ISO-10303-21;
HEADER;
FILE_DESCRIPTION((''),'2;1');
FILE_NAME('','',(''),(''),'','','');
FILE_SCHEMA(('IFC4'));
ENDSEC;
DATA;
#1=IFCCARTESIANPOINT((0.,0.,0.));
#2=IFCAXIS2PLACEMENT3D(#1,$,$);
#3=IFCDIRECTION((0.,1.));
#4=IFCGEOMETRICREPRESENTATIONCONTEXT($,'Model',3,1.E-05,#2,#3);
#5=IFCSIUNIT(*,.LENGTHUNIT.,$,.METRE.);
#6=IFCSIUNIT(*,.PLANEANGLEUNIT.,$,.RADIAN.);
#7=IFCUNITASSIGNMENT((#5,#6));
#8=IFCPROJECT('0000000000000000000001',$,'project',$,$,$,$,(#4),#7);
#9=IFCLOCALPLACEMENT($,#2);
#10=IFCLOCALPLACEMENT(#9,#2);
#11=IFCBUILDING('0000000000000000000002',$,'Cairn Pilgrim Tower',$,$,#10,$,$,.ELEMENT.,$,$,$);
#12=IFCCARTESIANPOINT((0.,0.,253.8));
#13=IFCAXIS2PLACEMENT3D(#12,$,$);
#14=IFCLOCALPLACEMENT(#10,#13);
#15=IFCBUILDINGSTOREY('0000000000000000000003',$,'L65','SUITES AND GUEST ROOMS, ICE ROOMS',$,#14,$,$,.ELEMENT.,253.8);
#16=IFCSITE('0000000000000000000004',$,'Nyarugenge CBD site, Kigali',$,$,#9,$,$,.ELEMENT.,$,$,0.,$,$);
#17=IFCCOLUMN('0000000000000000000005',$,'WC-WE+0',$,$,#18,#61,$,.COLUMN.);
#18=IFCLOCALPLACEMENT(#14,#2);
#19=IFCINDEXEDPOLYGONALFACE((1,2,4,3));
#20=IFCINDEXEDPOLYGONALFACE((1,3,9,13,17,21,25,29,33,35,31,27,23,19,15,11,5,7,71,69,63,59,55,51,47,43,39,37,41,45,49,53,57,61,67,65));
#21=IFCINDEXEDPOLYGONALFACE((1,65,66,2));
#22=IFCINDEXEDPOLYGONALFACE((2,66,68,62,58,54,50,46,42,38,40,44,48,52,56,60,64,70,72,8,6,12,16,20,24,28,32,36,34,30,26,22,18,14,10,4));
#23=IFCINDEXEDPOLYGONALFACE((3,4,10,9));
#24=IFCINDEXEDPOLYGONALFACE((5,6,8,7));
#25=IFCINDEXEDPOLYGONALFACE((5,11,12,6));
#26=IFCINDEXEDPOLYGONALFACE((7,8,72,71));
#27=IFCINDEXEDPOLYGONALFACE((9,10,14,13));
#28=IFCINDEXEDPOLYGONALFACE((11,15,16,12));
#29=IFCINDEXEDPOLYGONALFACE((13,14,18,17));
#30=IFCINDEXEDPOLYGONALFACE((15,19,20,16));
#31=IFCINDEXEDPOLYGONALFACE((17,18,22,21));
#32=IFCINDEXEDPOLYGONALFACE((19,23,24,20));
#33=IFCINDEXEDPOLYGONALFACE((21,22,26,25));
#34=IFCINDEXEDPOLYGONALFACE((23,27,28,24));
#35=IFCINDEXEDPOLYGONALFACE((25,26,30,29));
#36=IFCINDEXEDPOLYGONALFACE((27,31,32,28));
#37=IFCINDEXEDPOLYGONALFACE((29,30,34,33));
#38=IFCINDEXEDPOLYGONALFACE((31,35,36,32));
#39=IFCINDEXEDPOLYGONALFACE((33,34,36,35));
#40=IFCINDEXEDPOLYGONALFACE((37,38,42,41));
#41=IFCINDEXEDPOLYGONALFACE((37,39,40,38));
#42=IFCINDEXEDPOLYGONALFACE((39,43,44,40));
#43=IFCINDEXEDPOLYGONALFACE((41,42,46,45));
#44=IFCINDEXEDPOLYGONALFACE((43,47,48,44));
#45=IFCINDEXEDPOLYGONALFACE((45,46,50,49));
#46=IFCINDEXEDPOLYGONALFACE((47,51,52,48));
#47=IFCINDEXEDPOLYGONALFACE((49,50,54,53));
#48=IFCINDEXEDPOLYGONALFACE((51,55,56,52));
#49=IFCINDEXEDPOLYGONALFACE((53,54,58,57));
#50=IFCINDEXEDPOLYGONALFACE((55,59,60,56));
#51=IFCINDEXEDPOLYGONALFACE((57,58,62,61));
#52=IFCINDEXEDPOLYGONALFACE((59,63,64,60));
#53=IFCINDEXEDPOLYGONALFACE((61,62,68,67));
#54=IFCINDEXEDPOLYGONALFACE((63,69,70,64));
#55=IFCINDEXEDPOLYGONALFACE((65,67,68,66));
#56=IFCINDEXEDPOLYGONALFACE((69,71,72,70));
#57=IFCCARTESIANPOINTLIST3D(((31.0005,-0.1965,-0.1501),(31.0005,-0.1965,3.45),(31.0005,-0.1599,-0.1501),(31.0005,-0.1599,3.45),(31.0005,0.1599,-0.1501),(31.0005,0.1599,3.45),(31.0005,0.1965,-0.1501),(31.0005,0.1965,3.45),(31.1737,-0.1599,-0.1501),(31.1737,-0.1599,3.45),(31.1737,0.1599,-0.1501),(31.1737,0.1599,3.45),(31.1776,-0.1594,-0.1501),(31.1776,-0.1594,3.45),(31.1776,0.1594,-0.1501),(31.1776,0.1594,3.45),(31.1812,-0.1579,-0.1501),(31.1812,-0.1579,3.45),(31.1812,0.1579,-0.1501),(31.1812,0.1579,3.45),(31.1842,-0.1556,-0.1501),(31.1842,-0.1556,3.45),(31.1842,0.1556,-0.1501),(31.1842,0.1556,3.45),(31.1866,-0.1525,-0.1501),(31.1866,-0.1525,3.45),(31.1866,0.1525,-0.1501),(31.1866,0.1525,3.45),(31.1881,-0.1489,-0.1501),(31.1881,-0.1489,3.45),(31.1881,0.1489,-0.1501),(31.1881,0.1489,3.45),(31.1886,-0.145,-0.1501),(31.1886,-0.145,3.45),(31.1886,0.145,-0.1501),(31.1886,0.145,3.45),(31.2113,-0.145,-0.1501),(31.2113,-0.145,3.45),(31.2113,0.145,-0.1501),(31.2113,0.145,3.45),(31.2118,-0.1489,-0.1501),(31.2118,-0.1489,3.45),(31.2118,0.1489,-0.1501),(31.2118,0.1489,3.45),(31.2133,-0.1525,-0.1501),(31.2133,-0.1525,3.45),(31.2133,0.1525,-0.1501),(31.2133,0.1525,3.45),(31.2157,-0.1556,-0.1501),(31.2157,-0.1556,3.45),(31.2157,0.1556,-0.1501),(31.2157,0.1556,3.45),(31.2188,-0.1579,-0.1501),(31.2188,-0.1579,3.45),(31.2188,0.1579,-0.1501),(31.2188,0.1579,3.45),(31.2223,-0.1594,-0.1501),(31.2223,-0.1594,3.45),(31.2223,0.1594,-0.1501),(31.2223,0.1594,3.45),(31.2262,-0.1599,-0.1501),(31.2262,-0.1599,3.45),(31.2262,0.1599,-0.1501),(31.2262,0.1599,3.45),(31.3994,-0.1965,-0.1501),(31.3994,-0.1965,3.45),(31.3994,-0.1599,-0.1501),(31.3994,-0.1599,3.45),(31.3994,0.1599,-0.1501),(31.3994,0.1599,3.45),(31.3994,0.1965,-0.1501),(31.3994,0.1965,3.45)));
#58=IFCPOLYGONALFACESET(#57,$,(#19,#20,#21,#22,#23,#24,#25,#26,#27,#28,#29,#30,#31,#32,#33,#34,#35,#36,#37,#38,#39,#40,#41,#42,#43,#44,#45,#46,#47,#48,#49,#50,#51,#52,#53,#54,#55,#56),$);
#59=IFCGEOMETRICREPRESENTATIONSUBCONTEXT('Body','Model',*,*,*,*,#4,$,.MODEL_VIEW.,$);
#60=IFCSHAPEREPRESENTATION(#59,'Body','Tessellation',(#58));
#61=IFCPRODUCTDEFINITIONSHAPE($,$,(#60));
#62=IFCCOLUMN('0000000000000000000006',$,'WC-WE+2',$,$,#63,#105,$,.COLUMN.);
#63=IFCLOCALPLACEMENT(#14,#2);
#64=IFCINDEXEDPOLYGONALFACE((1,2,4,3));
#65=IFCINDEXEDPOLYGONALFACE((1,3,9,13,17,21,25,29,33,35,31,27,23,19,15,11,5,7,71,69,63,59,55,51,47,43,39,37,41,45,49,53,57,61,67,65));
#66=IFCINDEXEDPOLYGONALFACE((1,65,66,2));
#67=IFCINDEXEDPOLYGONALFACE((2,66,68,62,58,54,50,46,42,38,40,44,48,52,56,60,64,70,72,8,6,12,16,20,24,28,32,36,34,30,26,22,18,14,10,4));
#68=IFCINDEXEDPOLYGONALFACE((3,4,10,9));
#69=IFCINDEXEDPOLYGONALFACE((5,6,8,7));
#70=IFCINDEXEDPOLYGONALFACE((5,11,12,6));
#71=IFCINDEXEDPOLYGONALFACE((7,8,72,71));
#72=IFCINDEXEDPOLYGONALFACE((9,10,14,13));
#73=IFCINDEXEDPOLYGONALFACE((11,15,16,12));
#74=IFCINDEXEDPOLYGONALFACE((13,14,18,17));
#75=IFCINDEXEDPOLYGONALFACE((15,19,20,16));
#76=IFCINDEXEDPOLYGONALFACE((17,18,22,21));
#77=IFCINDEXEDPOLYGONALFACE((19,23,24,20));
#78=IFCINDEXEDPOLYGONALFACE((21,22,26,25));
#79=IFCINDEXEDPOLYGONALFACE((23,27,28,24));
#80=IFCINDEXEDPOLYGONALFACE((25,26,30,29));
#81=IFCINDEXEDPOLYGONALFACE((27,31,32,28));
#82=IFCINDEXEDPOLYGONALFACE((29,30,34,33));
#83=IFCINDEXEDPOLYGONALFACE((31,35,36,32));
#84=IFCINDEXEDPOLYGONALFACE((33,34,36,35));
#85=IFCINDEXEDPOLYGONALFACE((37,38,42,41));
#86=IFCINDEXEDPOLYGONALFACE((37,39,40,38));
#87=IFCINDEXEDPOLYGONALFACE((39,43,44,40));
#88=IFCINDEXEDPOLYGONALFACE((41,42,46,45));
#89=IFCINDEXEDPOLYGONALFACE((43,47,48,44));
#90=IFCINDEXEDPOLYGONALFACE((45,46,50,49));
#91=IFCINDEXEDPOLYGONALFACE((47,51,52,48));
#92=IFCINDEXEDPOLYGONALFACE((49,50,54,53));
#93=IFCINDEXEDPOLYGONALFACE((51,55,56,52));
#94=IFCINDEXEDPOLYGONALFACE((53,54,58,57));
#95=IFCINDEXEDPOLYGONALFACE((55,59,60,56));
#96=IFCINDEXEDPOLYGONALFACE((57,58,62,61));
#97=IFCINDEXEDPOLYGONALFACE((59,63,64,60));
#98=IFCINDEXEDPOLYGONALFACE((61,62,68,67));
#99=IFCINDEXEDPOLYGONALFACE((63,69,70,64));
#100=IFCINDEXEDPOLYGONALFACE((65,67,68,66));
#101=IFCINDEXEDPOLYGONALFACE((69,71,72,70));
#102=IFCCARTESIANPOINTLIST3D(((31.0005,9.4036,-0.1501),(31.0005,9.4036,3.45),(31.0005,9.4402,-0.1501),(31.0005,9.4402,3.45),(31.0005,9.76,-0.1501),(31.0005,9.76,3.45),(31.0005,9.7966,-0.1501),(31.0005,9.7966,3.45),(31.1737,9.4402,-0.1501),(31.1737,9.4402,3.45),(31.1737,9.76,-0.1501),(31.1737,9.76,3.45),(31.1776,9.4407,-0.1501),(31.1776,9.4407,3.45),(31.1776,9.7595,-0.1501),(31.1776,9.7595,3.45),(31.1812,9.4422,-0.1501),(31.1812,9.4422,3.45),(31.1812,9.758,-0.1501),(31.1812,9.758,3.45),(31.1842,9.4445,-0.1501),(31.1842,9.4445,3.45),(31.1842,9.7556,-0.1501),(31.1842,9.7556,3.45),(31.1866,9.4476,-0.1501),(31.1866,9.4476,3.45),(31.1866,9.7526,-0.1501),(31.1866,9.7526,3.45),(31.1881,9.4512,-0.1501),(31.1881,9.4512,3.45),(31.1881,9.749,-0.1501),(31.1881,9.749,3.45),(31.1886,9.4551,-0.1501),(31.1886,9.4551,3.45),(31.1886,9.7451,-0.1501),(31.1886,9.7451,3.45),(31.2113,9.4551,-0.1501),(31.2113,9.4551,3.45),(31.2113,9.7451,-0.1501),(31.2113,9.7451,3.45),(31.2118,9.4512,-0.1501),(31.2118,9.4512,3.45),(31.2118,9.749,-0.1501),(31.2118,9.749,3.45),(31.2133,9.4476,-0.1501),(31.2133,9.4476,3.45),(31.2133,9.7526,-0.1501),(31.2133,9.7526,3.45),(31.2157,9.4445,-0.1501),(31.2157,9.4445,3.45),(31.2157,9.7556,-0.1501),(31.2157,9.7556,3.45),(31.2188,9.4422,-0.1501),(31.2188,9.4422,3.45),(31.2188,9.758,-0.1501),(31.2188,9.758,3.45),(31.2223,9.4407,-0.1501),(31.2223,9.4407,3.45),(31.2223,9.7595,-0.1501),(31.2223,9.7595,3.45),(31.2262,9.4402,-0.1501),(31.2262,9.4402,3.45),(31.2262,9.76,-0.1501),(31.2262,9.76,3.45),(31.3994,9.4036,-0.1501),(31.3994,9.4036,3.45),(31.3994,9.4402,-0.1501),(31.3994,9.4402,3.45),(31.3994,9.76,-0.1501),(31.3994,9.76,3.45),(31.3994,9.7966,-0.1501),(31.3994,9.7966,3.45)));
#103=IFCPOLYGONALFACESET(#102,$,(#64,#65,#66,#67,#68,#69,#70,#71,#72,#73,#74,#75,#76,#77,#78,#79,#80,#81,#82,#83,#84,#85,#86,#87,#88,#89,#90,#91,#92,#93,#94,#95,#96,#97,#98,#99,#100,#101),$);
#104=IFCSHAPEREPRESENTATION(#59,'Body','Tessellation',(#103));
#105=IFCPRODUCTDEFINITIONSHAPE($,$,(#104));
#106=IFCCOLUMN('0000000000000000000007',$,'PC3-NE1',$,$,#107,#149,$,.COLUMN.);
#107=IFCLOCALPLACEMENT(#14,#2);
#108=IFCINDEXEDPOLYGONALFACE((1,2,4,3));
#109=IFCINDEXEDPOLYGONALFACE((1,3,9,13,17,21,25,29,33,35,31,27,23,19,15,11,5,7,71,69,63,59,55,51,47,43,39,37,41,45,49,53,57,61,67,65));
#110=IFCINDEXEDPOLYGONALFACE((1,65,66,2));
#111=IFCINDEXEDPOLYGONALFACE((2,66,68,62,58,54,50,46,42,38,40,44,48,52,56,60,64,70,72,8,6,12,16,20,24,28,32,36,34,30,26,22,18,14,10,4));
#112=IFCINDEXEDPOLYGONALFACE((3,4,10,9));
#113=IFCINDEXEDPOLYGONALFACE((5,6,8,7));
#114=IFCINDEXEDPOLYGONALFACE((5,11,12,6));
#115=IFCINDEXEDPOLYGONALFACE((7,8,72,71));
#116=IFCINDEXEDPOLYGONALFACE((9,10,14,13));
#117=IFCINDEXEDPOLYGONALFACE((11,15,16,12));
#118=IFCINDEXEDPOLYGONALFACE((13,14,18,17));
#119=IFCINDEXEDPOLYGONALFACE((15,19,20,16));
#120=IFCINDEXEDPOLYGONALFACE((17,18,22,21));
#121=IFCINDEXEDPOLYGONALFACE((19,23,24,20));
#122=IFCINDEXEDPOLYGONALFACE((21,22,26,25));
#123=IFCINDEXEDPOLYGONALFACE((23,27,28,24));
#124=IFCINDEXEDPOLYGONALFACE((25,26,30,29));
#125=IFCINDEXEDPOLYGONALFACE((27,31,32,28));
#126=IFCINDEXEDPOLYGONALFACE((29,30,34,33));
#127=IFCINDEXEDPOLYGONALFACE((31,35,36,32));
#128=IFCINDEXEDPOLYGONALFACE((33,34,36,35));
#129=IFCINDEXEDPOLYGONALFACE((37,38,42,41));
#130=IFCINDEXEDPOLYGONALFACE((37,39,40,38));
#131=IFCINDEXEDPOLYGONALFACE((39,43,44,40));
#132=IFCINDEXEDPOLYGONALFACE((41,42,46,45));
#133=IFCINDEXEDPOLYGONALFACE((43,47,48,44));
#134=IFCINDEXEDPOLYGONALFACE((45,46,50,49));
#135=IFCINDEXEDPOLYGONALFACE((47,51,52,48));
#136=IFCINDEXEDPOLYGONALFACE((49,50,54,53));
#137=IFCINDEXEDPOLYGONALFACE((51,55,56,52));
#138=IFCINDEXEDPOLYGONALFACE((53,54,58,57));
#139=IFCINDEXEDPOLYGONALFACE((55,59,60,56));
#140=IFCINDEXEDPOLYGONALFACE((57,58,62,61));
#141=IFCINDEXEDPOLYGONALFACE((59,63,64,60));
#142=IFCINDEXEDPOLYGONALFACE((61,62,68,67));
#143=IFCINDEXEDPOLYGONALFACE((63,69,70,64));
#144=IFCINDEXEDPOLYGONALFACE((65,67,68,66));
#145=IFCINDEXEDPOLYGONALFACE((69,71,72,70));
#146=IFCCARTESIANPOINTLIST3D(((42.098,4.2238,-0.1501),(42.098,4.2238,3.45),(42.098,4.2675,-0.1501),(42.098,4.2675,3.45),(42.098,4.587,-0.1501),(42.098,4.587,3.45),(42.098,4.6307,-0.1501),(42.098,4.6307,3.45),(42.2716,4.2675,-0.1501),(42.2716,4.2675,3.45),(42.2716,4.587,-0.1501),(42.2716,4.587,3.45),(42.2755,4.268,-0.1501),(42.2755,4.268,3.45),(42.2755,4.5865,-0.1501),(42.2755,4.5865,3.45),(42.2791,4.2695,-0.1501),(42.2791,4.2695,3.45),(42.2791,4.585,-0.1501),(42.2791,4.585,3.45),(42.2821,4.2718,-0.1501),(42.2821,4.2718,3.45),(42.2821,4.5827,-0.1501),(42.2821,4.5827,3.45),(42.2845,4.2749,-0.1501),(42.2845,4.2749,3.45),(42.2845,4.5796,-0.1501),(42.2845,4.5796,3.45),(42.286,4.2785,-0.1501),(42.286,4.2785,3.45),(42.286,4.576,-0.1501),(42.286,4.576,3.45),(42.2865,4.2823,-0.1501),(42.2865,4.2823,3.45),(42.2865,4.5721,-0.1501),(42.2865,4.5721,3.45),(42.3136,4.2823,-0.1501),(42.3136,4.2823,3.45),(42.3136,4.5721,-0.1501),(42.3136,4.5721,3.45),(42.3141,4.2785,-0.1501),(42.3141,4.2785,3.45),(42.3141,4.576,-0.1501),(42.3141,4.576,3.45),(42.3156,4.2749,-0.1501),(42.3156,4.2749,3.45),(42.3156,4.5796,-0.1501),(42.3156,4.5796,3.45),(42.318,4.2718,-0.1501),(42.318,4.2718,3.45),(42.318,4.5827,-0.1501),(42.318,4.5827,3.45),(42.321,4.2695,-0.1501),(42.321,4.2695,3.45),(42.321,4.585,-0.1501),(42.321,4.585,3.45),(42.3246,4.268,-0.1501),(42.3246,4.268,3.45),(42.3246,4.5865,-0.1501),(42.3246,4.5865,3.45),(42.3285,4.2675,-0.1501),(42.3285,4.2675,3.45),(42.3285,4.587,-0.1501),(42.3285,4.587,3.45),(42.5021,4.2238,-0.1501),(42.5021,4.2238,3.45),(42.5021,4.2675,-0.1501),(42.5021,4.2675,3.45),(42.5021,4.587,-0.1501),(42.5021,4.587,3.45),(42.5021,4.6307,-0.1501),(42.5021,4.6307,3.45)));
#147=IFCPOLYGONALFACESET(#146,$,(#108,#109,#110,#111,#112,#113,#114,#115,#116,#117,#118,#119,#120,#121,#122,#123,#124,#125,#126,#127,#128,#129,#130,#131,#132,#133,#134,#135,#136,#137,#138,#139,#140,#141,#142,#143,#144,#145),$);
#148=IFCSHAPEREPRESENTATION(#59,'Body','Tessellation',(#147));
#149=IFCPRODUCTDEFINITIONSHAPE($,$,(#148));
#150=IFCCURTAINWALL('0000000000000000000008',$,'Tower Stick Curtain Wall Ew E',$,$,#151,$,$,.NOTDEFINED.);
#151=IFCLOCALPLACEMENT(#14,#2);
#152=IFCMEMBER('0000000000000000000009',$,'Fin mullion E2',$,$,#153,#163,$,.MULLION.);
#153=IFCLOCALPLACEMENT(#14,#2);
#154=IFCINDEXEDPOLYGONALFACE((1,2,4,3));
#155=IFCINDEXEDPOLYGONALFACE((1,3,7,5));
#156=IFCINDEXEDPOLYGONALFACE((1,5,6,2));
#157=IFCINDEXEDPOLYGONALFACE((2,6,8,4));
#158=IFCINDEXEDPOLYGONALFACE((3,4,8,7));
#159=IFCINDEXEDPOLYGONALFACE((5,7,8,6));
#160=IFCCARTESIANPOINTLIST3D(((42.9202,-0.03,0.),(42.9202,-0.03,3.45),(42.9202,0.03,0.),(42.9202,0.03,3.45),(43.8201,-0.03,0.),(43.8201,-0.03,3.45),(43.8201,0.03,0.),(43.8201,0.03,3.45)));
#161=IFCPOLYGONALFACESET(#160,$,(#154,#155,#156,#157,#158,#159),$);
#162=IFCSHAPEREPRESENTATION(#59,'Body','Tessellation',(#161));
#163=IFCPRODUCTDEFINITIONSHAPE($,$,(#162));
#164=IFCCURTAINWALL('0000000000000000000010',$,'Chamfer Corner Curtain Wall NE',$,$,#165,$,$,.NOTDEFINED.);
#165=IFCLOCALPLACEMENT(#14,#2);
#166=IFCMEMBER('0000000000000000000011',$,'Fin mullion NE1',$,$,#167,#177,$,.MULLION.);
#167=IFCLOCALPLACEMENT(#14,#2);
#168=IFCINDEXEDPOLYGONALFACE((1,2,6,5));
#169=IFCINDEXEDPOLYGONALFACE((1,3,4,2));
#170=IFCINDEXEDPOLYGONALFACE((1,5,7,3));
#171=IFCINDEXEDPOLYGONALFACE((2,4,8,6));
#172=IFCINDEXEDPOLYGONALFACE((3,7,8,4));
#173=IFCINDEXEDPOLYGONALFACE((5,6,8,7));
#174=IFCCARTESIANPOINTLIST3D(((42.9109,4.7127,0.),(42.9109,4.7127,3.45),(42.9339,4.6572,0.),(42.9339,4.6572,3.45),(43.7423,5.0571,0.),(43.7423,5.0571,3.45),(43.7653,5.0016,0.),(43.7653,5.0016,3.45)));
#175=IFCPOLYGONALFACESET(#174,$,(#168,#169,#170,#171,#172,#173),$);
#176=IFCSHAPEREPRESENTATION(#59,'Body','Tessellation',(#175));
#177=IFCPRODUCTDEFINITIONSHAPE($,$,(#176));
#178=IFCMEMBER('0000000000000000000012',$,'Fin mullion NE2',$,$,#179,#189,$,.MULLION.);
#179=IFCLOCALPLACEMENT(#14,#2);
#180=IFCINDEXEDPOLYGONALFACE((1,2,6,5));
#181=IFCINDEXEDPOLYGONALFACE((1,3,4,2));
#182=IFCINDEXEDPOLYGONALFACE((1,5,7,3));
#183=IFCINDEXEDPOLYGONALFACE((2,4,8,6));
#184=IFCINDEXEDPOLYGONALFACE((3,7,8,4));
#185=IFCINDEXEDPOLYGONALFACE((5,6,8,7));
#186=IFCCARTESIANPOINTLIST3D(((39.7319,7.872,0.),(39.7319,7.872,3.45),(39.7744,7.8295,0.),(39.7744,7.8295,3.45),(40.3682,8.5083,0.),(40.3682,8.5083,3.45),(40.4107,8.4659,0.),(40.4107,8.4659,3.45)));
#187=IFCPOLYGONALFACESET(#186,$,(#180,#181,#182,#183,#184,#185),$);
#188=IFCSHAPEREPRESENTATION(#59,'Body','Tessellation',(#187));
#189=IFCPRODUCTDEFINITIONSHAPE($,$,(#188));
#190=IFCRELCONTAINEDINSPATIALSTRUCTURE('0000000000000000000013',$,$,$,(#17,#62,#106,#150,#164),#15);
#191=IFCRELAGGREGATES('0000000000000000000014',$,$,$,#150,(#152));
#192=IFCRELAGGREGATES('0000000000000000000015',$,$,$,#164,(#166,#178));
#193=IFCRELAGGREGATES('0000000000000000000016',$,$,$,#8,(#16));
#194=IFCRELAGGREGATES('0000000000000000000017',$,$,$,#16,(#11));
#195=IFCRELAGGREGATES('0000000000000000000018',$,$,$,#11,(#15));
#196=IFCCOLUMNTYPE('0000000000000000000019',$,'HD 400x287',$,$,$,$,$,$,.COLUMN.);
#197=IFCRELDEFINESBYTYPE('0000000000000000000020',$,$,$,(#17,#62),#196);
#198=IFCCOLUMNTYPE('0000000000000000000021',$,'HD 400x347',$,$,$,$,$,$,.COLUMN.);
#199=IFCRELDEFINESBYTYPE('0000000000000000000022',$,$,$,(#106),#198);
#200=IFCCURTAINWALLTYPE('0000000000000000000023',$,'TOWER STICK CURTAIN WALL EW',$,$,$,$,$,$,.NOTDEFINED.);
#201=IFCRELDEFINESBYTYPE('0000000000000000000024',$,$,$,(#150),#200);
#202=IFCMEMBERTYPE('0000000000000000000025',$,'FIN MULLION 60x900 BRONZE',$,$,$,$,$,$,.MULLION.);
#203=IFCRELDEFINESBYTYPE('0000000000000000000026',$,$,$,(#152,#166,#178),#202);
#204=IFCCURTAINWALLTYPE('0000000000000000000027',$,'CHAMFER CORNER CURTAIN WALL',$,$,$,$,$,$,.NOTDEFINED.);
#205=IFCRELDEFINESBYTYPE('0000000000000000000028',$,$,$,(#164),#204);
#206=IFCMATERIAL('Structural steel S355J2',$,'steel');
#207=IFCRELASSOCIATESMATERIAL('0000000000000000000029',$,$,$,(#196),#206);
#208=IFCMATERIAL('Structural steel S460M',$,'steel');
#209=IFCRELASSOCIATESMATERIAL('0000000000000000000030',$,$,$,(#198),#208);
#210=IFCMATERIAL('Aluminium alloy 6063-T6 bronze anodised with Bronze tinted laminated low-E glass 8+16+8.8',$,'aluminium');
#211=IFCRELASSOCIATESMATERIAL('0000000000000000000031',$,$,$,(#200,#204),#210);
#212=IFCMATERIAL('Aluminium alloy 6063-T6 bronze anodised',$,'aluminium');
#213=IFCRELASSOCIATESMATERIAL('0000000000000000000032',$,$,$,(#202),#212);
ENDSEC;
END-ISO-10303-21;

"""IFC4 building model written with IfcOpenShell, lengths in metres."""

from ifc_helpers import new_model, si_unit, direction, frame, origin, origin_2d, place, context, subcontext, project, spatial, rectangle, i_section, extrude, material, material_profile, profile_set, type_object, element, aggregate, save


model = new_model("IFC4")

# Units and contexts
model_context = context("Model", 3, precision=1e-05, world=origin(), true_north=direction((0.0, 1.0)))
body_context = subcontext(model_context, "Body", "Model", "MODEL_VIEW")
ifc_project = project(units=[si_unit("LENGTHUNIT", "METRE"), si_unit("PLANEANGLEUNIT", "RADIAN")], contexts=[model_context])

# Site, building, storey
site_placement = place(None, origin())
site = spatial("IfcSite", under=ifc_project, at=site_placement, Name="Nyarugenge CBD site, Kigali", CompositionType="ELEMENT", RefElevation=0.0)
building_placement = place(site_placement, origin())
building = spatial("IfcBuilding", under=site, at=building_placement, Name="Cairn Pilgrim Tower", CompositionType="ELEMENT")
storey_placement = place(building_placement, frame((0.0, 0.0, 253.8)))
storey = spatial("IfcBuildingStorey", under=building, at=storey_placement, Name="L65", Description="SUITES AND GUEST ROOMS, ICE ROOMS", CompositionType="ELEMENT", Elevation=253.8)

# Columns
ifc_material_1 = material(Name="Structural steel S355J2", Category="steel")
ifc_material_profile_1 = material_profile(ifc_material_1, i_section(OverallWidth=0.3989, OverallDepth=0.3931, WebThickness=0.0227, FlangeThickness=0.0366, FilletRadius=0.0149, at=origin_2d()), Name="HD 400x287")
ifc_profile_set_1 = profile_set([ifc_material_profile_1], Name="Structural steel S355J2")
column_type_1 = type_object("IfcColumnType", Name="HD 400x287", PredefinedType="COLUMN", material=ifc_profile_set_1)
for number, where, z_axis, x_axis, name in (
    (1, (31.2, 0.0, -0.1501), (0.0, 0.0, 1.0), (1.0, 0.0, 0.0), "WC-WE+0"),
    (2, (31.2, 9.6001, -0.1501), (0.0, 0.0, 1.0), (1.0, 0.0, 0.0), "WC-WE+2"),
):
    element("IfcColumn", number, at=place(storey_placement, frame(where, z_axis=z_axis, x_axis=x_axis)), inside=storey, type_object=column_type_1, Name=name, PredefinedType="COLUMN", context=body_context, shape_type="SweptSolid", body=[
        extrude(i_section(OverallWidth=0.3989, OverallDepth=0.3931, WebThickness=0.0227, FlangeThickness=0.0366, FilletRadius=0.0149, at=origin_2d()), origin(), (0.0, 0.0, 1.0), 3.6001),
    ])
ifc_material_2 = material(Name="Structural steel S460M", Category="steel")
ifc_material_profile_2 = material_profile(ifc_material_2, i_section(OverallWidth=0.4041, OverallDepth=0.407, WebThickness=0.0271, FlangeThickness=0.0437, FilletRadius=0.0149, at=origin_2d()), Name="HD 400x347")
ifc_profile_set_2 = profile_set([ifc_material_profile_2], Name="Structural steel S460M")
column_type_2 = type_object("IfcColumnType", Name="HD 400x347", PredefinedType="COLUMN", material=ifc_profile_set_2)
column_placement = place(storey_placement, frame((42.3, 4.4272, -0.1501), z_axis=(0.0, 0.0, 1.0), x_axis=(1.0, 0.0, 0.0)))
element("IfcColumn", 3, at=column_placement, inside=storey, type_object=column_type_2, Name="PC3-NE1", PredefinedType="COLUMN", context=body_context, shape_type="SweptSolid", body=[
    extrude(i_section(OverallWidth=0.4041, OverallDepth=0.407, WebThickness=0.0271, FlangeThickness=0.0437, FilletRadius=0.0149, at=origin_2d()), origin(), (0.0, 0.0, 1.0), 3.6001),
])

# Curtain wall, member
ifc_material_3 = material(Name="Aluminium alloy 6063-T6 bronze anodised with Bronze tinted laminated low-E glass 8+16+8.8", Category="aluminium")
curtain_wall_type_1 = type_object("IfcCurtainWallType", Name="TOWER STICK CURTAIN WALL EW", PredefinedType="NOTDEFINED", material=ifc_material_3)
curtain_wall_1_placement = place(storey_placement, origin())
curtain_wall_1 = element("IfcCurtainWall", 4, at=curtain_wall_1_placement, inside=storey, type_object=curtain_wall_type_1, Name="Tower Stick Curtain Wall Ew E", PredefinedType="NOTDEFINED")
ifc_material_4 = material(Name="Aluminium alloy 6063-T6 bronze anodised", Category="aluminium")
ifc_material_profile_3 = material_profile(ifc_material_4, rectangle(XDim=0.8999, YDim=0.0601, at=origin_2d()), Name="FIN MULLION 60x900 BRONZE")
ifc_profile_set_3 = profile_set([ifc_material_profile_3], Name="Aluminium alloy 6063-T6 bronze anodised")
member_type_1 = type_object("IfcMemberType", Name="FIN MULLION 60x900 BRONZE", PredefinedType="MULLION", material=ifc_profile_set_3)
member_1_placement = place(storey_placement, frame((43.3701, 0.0, 0.0), z_axis=(0.0, 0.0, 1.0), x_axis=(1.0, 0.0, 0.0)))
member_1 = element("IfcMember", 5, at=member_1_placement, type_object=member_type_1, Name="Fin mullion E2", PredefinedType="MULLION", context=body_context, shape_type="SweptSolid", body=[
    extrude(rectangle(XDim=0.8999, YDim=0.0601, at=origin_2d()), origin(), (0.0, 0.0, 1.0), 3.45),
])
aggregate(curtain_wall_1, [member_1])

# Curtain wall, members
curtain_wall_type_2 = type_object("IfcCurtainWallType", Name="CHAMFER CORNER CURTAIN WALL", PredefinedType="NOTDEFINED", material=ifc_material_3)
curtain_wall_2_placement = place(storey_placement, origin())
curtain_wall_2 = element("IfcCurtainWall", 6, at=curtain_wall_2_placement, inside=storey, type_object=curtain_wall_type_2, Name="Chamfer Corner Curtain Wall NE", PredefinedType="NOTDEFINED")
member_2_placement = place(storey_placement, frame((43.3381, 4.8572, 0.0), z_axis=(0.0, 0.0, 1.0), x_axis=(0.92388, 0.382683, 0.0)))
member_2 = element("IfcMember", 7, at=member_2_placement, type_object=member_type_1, Name="Fin mullion NE1", PredefinedType="MULLION", context=body_context, shape_type="SweptSolid", body=[
    extrude(rectangle(XDim=0.8999, YDim=0.0601, at=origin_2d()), origin(), (0.0, 0.0, 1.0), 3.45),
])
member_3_placement = place(storey_placement, frame((40.0713, 8.1689, 0.0), z_axis=(0.0, 0.0, 1.0), x_axis=(0.707107, 0.707107, 0.0)))
member_3 = element("IfcMember", 8, at=member_3_placement, type_object=member_type_1, Name="Fin mullion NE2", PredefinedType="MULLION", context=body_context, shape_type="SweptSolid", body=[
    extrude(rectangle(XDim=0.8999, YDim=0.0601, at=origin_2d()), origin(), (0.0, 0.0, 1.0), 3.45),
])

aggregate(curtain_wall_2, [member_2, member_3])

save(model, "model.ifc")
